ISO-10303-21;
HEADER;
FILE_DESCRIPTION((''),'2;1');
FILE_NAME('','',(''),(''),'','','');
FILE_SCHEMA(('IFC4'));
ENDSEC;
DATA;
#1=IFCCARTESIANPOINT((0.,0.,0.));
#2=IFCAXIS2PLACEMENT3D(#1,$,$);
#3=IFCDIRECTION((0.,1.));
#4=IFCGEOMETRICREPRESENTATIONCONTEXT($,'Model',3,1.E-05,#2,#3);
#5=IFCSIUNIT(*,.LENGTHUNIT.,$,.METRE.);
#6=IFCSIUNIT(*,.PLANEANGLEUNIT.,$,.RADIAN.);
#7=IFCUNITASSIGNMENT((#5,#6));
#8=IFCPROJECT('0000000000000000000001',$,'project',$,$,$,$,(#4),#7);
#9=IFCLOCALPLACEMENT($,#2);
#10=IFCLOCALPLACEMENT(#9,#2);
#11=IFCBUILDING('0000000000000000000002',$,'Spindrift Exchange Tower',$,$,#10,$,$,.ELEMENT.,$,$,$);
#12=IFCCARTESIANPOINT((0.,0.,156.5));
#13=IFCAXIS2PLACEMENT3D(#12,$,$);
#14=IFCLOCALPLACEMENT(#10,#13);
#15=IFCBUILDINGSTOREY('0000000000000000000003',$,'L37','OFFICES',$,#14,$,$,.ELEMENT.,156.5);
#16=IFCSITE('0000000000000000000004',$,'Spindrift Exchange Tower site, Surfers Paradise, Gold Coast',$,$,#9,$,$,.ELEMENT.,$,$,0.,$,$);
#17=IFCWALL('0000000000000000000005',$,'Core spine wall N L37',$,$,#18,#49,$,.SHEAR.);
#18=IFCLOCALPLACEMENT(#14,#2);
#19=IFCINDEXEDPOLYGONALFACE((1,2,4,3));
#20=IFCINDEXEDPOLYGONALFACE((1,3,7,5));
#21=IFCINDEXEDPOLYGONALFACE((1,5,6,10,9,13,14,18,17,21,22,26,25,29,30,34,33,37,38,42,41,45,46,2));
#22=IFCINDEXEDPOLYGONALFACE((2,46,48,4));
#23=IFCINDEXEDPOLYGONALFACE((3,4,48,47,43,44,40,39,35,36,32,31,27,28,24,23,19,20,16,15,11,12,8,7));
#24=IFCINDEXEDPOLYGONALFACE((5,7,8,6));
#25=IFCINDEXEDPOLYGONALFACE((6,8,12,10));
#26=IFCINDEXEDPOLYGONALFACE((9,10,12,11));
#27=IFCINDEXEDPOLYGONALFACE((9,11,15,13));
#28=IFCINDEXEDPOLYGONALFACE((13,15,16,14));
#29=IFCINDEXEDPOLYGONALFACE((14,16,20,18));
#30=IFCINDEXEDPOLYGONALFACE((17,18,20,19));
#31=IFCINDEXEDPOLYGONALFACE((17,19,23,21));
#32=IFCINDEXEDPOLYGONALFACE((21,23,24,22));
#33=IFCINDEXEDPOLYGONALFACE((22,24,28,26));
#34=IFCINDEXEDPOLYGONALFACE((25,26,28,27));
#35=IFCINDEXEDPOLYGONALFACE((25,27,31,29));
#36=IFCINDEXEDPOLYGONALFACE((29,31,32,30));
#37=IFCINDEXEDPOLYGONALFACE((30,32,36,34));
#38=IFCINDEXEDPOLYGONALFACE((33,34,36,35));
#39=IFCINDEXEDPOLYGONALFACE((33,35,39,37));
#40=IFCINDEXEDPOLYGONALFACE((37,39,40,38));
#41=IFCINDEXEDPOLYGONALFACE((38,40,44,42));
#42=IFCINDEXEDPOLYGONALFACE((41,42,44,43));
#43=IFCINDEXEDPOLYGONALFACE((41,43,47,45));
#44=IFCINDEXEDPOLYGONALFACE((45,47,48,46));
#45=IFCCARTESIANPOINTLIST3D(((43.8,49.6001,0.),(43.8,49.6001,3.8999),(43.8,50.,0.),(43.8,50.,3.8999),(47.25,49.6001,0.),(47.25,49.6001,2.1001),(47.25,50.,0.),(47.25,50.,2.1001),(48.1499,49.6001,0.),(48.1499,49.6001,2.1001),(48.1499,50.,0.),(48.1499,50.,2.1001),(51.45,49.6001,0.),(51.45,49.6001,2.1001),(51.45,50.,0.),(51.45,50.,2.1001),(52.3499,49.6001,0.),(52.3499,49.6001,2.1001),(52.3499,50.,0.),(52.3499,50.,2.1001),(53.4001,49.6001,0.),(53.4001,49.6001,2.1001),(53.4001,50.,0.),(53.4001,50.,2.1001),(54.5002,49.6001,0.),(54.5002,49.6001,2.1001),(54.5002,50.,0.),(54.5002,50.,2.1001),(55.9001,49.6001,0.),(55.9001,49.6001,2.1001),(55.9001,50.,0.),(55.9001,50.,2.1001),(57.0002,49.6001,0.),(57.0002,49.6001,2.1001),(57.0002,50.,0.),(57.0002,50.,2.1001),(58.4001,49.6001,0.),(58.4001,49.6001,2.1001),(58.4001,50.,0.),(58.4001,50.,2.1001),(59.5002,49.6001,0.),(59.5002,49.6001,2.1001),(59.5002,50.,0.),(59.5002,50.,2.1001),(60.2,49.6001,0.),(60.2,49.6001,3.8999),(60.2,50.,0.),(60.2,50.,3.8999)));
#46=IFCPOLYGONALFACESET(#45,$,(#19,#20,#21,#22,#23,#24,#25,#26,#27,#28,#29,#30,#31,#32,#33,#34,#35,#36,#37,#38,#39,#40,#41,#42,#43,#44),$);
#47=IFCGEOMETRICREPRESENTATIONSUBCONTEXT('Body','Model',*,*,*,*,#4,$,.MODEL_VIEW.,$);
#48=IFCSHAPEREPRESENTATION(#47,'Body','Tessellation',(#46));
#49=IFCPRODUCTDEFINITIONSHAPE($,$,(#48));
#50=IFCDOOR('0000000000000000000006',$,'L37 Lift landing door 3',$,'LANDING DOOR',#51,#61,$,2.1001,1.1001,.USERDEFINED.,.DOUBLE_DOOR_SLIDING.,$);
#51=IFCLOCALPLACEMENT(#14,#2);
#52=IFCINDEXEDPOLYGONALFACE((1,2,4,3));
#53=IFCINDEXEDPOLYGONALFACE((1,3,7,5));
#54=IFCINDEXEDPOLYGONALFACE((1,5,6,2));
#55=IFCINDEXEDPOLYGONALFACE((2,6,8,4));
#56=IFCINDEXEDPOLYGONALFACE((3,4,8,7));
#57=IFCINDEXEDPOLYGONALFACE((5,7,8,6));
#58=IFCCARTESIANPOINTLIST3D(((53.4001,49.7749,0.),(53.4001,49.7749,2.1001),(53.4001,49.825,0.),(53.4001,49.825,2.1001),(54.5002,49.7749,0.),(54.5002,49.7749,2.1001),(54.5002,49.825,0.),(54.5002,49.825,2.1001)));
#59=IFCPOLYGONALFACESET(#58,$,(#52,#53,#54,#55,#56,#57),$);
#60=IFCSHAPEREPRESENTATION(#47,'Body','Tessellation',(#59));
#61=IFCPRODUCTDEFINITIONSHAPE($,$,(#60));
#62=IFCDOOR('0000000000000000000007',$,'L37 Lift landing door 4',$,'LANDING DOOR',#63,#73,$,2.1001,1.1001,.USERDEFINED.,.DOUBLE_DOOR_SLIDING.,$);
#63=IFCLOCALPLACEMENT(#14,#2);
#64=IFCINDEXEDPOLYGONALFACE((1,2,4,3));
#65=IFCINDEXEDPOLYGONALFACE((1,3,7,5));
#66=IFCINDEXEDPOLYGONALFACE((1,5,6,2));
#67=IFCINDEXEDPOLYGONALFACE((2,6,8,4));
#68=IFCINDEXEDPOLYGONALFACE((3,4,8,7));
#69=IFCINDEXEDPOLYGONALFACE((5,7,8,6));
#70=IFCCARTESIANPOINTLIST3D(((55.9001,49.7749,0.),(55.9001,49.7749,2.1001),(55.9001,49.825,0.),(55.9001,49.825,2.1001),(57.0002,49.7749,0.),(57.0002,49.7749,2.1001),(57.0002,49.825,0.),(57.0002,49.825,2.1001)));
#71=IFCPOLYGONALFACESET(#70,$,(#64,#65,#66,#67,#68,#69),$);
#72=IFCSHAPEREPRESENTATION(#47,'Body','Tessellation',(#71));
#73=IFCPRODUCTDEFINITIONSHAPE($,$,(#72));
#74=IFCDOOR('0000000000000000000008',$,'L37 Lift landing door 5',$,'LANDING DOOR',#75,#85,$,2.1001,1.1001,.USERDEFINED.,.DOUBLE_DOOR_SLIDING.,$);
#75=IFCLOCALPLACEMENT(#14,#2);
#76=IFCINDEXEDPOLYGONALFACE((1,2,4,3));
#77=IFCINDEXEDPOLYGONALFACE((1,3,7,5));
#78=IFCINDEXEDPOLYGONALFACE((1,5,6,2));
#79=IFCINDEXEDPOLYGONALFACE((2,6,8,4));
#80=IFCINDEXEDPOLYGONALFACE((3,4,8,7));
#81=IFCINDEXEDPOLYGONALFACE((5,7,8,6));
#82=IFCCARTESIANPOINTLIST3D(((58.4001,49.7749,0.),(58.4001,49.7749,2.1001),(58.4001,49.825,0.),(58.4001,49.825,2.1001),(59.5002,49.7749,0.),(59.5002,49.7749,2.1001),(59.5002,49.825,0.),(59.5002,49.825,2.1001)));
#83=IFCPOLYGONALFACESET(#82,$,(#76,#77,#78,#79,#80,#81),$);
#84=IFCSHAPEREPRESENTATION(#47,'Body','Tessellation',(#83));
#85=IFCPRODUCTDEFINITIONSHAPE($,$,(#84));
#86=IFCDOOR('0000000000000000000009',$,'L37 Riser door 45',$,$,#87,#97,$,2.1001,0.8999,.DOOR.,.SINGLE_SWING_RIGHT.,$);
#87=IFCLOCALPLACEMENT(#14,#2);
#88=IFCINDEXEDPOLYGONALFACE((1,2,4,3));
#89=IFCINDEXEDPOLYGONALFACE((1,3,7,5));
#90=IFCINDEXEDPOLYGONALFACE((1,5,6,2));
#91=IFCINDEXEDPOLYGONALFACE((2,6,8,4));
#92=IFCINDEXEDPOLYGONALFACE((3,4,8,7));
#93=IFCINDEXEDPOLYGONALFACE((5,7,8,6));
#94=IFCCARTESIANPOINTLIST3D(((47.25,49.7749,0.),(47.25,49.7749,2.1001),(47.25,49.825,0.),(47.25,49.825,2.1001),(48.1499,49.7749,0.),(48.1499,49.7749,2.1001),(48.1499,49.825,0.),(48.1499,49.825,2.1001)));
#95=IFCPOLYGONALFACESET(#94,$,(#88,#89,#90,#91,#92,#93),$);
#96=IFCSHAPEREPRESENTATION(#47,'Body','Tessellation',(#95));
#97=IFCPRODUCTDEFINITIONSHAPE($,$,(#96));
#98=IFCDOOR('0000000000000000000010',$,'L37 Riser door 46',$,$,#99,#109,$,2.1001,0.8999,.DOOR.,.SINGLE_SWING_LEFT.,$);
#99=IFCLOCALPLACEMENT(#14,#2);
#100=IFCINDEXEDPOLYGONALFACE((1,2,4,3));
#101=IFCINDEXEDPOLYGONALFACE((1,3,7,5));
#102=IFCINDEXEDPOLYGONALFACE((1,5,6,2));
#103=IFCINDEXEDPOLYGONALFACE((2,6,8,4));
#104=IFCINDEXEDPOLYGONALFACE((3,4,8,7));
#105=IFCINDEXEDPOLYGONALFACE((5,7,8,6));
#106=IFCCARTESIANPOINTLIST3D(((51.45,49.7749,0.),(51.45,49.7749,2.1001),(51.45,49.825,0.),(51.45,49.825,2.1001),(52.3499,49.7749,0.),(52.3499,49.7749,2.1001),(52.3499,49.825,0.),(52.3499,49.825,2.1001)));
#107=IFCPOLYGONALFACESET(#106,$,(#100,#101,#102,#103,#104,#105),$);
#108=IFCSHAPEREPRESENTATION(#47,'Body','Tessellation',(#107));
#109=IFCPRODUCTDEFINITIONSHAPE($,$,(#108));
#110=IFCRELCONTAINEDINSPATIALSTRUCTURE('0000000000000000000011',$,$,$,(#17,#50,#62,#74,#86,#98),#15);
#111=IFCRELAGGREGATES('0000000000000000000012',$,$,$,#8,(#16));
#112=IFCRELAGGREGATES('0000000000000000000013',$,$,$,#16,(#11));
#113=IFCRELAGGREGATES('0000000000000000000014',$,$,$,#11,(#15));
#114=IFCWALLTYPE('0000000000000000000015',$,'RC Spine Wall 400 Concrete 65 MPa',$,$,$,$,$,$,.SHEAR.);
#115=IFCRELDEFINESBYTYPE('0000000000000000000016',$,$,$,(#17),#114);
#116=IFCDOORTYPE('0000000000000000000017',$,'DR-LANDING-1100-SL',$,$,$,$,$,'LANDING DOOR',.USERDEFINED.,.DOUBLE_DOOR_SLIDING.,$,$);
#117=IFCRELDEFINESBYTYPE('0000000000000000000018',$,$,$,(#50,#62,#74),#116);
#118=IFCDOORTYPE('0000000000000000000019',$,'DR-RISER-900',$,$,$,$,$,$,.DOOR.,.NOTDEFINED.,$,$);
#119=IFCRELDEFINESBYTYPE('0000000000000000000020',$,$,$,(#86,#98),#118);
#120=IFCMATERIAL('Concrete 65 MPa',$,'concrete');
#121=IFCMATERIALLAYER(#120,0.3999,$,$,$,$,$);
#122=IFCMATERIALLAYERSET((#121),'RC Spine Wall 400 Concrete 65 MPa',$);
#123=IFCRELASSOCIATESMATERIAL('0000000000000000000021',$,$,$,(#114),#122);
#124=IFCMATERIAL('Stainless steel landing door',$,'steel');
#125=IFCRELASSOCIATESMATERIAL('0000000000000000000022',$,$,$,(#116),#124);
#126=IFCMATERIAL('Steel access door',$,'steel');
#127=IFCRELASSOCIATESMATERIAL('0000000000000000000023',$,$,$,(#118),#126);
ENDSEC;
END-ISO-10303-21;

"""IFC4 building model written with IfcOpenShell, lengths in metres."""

from ifc_helpers import new_model, si_unit, direction, frame, frame_2d, origin, place, context, subcontext, project, spatial, rectangle, extrude, source, transform, mapped, material, layer, layer_set, type_object, element, fill, save


model = new_model("IFC4")

# Units and contexts
model_context = context("Model", 3, precision=1e-05, world=origin(), true_north=direction((0.0, 1.0)))
body_context = subcontext(model_context, "Body", "Model", "MODEL_VIEW")
ifc_project = project(units=[si_unit("LENGTHUNIT", "METRE"), si_unit("PLANEANGLEUNIT", "RADIAN")], contexts=[model_context])

# Site, building, storey
site_placement = place(None, origin())
site = spatial("IfcSite", under=ifc_project, at=site_placement, Name="Spindrift Exchange Tower site, Surfers Paradise, Gold Coast", CompositionType="ELEMENT", RefElevation=0.0)
building_placement = place(site_placement, origin())
building = spatial("IfcBuilding", under=site, at=building_placement, Name="Spindrift Exchange Tower", CompositionType="ELEMENT")
storey_placement = place(building_placement, frame((0.0, 0.0, 156.5)))
storey = spatial("IfcBuildingStorey", under=building, at=storey_placement, Name="L37", Description="OFFICES", CompositionType="ELEMENT", Elevation=156.5)

# Wall, openings, doors
ifc_material_1 = material(Name="Concrete 65 MPa", Category="concrete")
ifc_layer_1 = layer(ifc_material_1, 0.3999)
ifc_layer_set_1 = layer_set([ifc_layer_1], Name="RC Spine Wall 400 Concrete 65 MPa")
wall_type_1 = type_object("IfcWallType", Name="RC Spine Wall 400 Concrete 65 MPa", PredefinedType="SHEAR", material=ifc_layer_set_1)
wall_1_placement = place(storey_placement, frame((43.8, 49.8, 0.0), z_axis=(0.0, 0.0, 1.0), x_axis=(1.0, 0.0, 0.0)))
wall_1 = element("IfcWall", 1, at=wall_1_placement, inside=storey, type_object=wall_type_1, Name="Core spine wall N L37", PredefinedType="SHEAR", context=body_context, shape_type="SweptSolid", body=[
    extrude(rectangle(XDim=16.3999, YDim=0.3999, at=frame_2d((8.2, 0.0))), origin(), (0.0, 0.0, 1.0), 3.8999),
])
opening_1_placement = place(wall_1_placement, frame((9.6001, 0.0, 0.0)))
opening_1 = element("IfcOpeningElement", 2, at=opening_1_placement, cuts=wall_1, PredefinedType="OPENING", context=body_context, shape_type="SweptSolid", body=[
    extrude(rectangle(XDim=1.1001, YDim=2.1001, at=frame_2d((0.55, 1.05))), frame((0.0, 0.21, 0.0), z_axis=(0.0, -1.0, 0.0), x_axis=(1.0, 0.0, 0.0)), (0.0, 0.0, 1.0), 0.4199),
])
opening_2_placement = place(wall_1_placement, frame((12.1001, 0.0, 0.0)))
opening_2 = element("IfcOpeningElement", 3, at=opening_2_placement, cuts=wall_1, PredefinedType="OPENING", context=body_context, shape_type="SweptSolid", body=[
    extrude(rectangle(XDim=1.1001, YDim=2.1001, at=frame_2d((0.55, 1.05))), frame((0.0, 0.21, 0.0), z_axis=(0.0, -1.0, 0.0), x_axis=(1.0, 0.0, 0.0)), (0.0, 0.0, 1.0), 0.4199),
])
opening_3_placement = place(wall_1_placement, frame((14.6001, 0.0, 0.0)))
opening_3 = element("IfcOpeningElement", 4, at=opening_3_placement, cuts=wall_1, PredefinedType="OPENING", context=body_context, shape_type="SweptSolid", body=[
    extrude(rectangle(XDim=1.1001, YDim=2.1001, at=frame_2d((0.55, 1.05))), frame((0.0, 0.21, 0.0), z_axis=(0.0, -1.0, 0.0), x_axis=(1.0, 0.0, 0.0)), (0.0, 0.0, 1.0), 0.4199),
])
opening_4_placement = place(wall_1_placement, frame((3.45, 0.0, 0.0)))
opening_4 = element("IfcOpeningElement", 5, at=opening_4_placement, cuts=wall_1, PredefinedType="OPENING", context=body_context, shape_type="SweptSolid", body=[
    extrude(rectangle(XDim=0.8999, YDim=2.1001, at=frame_2d((0.45, 1.05))), frame((0.0, 0.21, 0.0), z_axis=(0.0, -1.0, 0.0), x_axis=(1.0, 0.0, 0.0)), (0.0, 0.0, 1.0), 0.4199),
])
opening_5_placement = place(wall_1_placement, frame((7.6499, 0.0, 0.0)))
opening_5 = element("IfcOpeningElement", 6, at=opening_5_placement, cuts=wall_1, PredefinedType="OPENING", context=body_context, shape_type="SweptSolid", body=[
    extrude(rectangle(XDim=0.8999, YDim=2.1001, at=frame_2d((0.45, 1.05))), frame((0.0, 0.21, 0.0), z_axis=(0.0, -1.0, 0.0), x_axis=(1.0, 0.0, 0.0)), (0.0, 0.0, 1.0), 0.4199),
])
ifc_material_2 = material(Name="Stainless steel landing door", Category="steel")
door_type_1 = type_object("IfcDoorType", Name="DR-LANDING-1100-SL", ElementType="LANDING DOOR", OperationType="DOUBLE_DOOR_SLIDING", PredefinedType="USERDEFINED", material=ifc_material_2)
shared_shape_1 = source(origin(), body_context, "Body", "SweptSolid", [
    extrude(rectangle(XDim=1.1001, YDim=2.1001, at=frame_2d((0.55, 1.05))), frame((0.0, 0.0249, 0.0), z_axis=(0.0, -1.0, 0.0), x_axis=(1.0, 0.0, 0.0)), (0.0, 0.0, 1.0), 0.05),
])
door_1_placement = place(opening_1_placement, origin())
door_1 = element("IfcDoor", 7, at=door_1_placement, inside=storey, type_object=door_type_1, Name="L37 Lift landing door 3", ObjectType="LANDING DOOR", OperationType="DOUBLE_DOOR_SLIDING", OverallHeight=2.1001, OverallWidth=1.1001, PredefinedType="USERDEFINED", context=body_context, shape_type="MappedRepresentation", body=[
    mapped(shared_shape_1, transform((0.0, 0.0, 0.0), scale=1.0)),
])
fill(opening_1, door_1)
door_2_placement = place(opening_2_placement, origin())
door_2 = element("IfcDoor", 8, at=door_2_placement, inside=storey, type_object=door_type_1, Name="L37 Lift landing door 4", ObjectType="LANDING DOOR", OperationType="DOUBLE_DOOR_SLIDING", OverallHeight=2.1001, OverallWidth=1.1001, PredefinedType="USERDEFINED", context=body_context, shape_type="MappedRepresentation", body=[
    mapped(shared_shape_1, transform((0.0, 0.0, 0.0), scale=1.0)),
])
fill(opening_2, door_2)
door_3_placement = place(opening_3_placement, origin())
door_3 = element("IfcDoor", 9, at=door_3_placement, inside=storey, type_object=door_type_1, Name="L37 Lift landing door 5", ObjectType="LANDING DOOR", OperationType="DOUBLE_DOOR_SLIDING", OverallHeight=2.1001, OverallWidth=1.1001, PredefinedType="USERDEFINED", context=body_context, shape_type="MappedRepresentation", body=[
    mapped(shared_shape_1, transform((0.0, 0.0, 0.0), scale=1.0)),
])
fill(opening_3, door_3)
ifc_material_3 = material(Name="Steel access door", Category="steel")
door_type_2 = type_object("IfcDoorType", Name="DR-RISER-900", OperationType="NOTDEFINED", PredefinedType="DOOR", material=ifc_material_3)
shared_shape_2 = source(origin(), body_context, "Body", "SweptSolid", [
    extrude(rectangle(XDim=0.8999, YDim=2.1001, at=frame_2d((0.45, 1.05))), frame((0.0, 0.0249, 0.0), z_axis=(0.0, -1.0, 0.0), x_axis=(1.0, 0.0, 0.0)), (0.0, 0.0, 1.0), 0.05),
])
door_4_placement = place(opening_4_placement, origin())
door_4 = element("IfcDoor", 10, at=door_4_placement, inside=storey, type_object=door_type_2, Name="L37 Riser door 45", OperationType="SINGLE_SWING_RIGHT", OverallHeight=2.1001, OverallWidth=0.8999, PredefinedType="DOOR", context=body_context, shape_type="MappedRepresentation", body=[
    mapped(shared_shape_2, transform((0.0, 0.0, 0.0), scale=1.0)),
])
fill(opening_4, door_4)
door_5_placement = place(opening_5_placement, origin())
door_5 = element("IfcDoor", 11, at=door_5_placement, inside=storey, type_object=door_type_2, Name="L37 Riser door 46", OperationType="SINGLE_SWING_LEFT", OverallHeight=2.1001, OverallWidth=0.8999, PredefinedType="DOOR", context=body_context, shape_type="MappedRepresentation", body=[
    mapped(shared_shape_2, transform((0.0, 0.0, 0.0), scale=1.0)),
])
fill(opening_5, door_5)

save(model, "model.ifc")
